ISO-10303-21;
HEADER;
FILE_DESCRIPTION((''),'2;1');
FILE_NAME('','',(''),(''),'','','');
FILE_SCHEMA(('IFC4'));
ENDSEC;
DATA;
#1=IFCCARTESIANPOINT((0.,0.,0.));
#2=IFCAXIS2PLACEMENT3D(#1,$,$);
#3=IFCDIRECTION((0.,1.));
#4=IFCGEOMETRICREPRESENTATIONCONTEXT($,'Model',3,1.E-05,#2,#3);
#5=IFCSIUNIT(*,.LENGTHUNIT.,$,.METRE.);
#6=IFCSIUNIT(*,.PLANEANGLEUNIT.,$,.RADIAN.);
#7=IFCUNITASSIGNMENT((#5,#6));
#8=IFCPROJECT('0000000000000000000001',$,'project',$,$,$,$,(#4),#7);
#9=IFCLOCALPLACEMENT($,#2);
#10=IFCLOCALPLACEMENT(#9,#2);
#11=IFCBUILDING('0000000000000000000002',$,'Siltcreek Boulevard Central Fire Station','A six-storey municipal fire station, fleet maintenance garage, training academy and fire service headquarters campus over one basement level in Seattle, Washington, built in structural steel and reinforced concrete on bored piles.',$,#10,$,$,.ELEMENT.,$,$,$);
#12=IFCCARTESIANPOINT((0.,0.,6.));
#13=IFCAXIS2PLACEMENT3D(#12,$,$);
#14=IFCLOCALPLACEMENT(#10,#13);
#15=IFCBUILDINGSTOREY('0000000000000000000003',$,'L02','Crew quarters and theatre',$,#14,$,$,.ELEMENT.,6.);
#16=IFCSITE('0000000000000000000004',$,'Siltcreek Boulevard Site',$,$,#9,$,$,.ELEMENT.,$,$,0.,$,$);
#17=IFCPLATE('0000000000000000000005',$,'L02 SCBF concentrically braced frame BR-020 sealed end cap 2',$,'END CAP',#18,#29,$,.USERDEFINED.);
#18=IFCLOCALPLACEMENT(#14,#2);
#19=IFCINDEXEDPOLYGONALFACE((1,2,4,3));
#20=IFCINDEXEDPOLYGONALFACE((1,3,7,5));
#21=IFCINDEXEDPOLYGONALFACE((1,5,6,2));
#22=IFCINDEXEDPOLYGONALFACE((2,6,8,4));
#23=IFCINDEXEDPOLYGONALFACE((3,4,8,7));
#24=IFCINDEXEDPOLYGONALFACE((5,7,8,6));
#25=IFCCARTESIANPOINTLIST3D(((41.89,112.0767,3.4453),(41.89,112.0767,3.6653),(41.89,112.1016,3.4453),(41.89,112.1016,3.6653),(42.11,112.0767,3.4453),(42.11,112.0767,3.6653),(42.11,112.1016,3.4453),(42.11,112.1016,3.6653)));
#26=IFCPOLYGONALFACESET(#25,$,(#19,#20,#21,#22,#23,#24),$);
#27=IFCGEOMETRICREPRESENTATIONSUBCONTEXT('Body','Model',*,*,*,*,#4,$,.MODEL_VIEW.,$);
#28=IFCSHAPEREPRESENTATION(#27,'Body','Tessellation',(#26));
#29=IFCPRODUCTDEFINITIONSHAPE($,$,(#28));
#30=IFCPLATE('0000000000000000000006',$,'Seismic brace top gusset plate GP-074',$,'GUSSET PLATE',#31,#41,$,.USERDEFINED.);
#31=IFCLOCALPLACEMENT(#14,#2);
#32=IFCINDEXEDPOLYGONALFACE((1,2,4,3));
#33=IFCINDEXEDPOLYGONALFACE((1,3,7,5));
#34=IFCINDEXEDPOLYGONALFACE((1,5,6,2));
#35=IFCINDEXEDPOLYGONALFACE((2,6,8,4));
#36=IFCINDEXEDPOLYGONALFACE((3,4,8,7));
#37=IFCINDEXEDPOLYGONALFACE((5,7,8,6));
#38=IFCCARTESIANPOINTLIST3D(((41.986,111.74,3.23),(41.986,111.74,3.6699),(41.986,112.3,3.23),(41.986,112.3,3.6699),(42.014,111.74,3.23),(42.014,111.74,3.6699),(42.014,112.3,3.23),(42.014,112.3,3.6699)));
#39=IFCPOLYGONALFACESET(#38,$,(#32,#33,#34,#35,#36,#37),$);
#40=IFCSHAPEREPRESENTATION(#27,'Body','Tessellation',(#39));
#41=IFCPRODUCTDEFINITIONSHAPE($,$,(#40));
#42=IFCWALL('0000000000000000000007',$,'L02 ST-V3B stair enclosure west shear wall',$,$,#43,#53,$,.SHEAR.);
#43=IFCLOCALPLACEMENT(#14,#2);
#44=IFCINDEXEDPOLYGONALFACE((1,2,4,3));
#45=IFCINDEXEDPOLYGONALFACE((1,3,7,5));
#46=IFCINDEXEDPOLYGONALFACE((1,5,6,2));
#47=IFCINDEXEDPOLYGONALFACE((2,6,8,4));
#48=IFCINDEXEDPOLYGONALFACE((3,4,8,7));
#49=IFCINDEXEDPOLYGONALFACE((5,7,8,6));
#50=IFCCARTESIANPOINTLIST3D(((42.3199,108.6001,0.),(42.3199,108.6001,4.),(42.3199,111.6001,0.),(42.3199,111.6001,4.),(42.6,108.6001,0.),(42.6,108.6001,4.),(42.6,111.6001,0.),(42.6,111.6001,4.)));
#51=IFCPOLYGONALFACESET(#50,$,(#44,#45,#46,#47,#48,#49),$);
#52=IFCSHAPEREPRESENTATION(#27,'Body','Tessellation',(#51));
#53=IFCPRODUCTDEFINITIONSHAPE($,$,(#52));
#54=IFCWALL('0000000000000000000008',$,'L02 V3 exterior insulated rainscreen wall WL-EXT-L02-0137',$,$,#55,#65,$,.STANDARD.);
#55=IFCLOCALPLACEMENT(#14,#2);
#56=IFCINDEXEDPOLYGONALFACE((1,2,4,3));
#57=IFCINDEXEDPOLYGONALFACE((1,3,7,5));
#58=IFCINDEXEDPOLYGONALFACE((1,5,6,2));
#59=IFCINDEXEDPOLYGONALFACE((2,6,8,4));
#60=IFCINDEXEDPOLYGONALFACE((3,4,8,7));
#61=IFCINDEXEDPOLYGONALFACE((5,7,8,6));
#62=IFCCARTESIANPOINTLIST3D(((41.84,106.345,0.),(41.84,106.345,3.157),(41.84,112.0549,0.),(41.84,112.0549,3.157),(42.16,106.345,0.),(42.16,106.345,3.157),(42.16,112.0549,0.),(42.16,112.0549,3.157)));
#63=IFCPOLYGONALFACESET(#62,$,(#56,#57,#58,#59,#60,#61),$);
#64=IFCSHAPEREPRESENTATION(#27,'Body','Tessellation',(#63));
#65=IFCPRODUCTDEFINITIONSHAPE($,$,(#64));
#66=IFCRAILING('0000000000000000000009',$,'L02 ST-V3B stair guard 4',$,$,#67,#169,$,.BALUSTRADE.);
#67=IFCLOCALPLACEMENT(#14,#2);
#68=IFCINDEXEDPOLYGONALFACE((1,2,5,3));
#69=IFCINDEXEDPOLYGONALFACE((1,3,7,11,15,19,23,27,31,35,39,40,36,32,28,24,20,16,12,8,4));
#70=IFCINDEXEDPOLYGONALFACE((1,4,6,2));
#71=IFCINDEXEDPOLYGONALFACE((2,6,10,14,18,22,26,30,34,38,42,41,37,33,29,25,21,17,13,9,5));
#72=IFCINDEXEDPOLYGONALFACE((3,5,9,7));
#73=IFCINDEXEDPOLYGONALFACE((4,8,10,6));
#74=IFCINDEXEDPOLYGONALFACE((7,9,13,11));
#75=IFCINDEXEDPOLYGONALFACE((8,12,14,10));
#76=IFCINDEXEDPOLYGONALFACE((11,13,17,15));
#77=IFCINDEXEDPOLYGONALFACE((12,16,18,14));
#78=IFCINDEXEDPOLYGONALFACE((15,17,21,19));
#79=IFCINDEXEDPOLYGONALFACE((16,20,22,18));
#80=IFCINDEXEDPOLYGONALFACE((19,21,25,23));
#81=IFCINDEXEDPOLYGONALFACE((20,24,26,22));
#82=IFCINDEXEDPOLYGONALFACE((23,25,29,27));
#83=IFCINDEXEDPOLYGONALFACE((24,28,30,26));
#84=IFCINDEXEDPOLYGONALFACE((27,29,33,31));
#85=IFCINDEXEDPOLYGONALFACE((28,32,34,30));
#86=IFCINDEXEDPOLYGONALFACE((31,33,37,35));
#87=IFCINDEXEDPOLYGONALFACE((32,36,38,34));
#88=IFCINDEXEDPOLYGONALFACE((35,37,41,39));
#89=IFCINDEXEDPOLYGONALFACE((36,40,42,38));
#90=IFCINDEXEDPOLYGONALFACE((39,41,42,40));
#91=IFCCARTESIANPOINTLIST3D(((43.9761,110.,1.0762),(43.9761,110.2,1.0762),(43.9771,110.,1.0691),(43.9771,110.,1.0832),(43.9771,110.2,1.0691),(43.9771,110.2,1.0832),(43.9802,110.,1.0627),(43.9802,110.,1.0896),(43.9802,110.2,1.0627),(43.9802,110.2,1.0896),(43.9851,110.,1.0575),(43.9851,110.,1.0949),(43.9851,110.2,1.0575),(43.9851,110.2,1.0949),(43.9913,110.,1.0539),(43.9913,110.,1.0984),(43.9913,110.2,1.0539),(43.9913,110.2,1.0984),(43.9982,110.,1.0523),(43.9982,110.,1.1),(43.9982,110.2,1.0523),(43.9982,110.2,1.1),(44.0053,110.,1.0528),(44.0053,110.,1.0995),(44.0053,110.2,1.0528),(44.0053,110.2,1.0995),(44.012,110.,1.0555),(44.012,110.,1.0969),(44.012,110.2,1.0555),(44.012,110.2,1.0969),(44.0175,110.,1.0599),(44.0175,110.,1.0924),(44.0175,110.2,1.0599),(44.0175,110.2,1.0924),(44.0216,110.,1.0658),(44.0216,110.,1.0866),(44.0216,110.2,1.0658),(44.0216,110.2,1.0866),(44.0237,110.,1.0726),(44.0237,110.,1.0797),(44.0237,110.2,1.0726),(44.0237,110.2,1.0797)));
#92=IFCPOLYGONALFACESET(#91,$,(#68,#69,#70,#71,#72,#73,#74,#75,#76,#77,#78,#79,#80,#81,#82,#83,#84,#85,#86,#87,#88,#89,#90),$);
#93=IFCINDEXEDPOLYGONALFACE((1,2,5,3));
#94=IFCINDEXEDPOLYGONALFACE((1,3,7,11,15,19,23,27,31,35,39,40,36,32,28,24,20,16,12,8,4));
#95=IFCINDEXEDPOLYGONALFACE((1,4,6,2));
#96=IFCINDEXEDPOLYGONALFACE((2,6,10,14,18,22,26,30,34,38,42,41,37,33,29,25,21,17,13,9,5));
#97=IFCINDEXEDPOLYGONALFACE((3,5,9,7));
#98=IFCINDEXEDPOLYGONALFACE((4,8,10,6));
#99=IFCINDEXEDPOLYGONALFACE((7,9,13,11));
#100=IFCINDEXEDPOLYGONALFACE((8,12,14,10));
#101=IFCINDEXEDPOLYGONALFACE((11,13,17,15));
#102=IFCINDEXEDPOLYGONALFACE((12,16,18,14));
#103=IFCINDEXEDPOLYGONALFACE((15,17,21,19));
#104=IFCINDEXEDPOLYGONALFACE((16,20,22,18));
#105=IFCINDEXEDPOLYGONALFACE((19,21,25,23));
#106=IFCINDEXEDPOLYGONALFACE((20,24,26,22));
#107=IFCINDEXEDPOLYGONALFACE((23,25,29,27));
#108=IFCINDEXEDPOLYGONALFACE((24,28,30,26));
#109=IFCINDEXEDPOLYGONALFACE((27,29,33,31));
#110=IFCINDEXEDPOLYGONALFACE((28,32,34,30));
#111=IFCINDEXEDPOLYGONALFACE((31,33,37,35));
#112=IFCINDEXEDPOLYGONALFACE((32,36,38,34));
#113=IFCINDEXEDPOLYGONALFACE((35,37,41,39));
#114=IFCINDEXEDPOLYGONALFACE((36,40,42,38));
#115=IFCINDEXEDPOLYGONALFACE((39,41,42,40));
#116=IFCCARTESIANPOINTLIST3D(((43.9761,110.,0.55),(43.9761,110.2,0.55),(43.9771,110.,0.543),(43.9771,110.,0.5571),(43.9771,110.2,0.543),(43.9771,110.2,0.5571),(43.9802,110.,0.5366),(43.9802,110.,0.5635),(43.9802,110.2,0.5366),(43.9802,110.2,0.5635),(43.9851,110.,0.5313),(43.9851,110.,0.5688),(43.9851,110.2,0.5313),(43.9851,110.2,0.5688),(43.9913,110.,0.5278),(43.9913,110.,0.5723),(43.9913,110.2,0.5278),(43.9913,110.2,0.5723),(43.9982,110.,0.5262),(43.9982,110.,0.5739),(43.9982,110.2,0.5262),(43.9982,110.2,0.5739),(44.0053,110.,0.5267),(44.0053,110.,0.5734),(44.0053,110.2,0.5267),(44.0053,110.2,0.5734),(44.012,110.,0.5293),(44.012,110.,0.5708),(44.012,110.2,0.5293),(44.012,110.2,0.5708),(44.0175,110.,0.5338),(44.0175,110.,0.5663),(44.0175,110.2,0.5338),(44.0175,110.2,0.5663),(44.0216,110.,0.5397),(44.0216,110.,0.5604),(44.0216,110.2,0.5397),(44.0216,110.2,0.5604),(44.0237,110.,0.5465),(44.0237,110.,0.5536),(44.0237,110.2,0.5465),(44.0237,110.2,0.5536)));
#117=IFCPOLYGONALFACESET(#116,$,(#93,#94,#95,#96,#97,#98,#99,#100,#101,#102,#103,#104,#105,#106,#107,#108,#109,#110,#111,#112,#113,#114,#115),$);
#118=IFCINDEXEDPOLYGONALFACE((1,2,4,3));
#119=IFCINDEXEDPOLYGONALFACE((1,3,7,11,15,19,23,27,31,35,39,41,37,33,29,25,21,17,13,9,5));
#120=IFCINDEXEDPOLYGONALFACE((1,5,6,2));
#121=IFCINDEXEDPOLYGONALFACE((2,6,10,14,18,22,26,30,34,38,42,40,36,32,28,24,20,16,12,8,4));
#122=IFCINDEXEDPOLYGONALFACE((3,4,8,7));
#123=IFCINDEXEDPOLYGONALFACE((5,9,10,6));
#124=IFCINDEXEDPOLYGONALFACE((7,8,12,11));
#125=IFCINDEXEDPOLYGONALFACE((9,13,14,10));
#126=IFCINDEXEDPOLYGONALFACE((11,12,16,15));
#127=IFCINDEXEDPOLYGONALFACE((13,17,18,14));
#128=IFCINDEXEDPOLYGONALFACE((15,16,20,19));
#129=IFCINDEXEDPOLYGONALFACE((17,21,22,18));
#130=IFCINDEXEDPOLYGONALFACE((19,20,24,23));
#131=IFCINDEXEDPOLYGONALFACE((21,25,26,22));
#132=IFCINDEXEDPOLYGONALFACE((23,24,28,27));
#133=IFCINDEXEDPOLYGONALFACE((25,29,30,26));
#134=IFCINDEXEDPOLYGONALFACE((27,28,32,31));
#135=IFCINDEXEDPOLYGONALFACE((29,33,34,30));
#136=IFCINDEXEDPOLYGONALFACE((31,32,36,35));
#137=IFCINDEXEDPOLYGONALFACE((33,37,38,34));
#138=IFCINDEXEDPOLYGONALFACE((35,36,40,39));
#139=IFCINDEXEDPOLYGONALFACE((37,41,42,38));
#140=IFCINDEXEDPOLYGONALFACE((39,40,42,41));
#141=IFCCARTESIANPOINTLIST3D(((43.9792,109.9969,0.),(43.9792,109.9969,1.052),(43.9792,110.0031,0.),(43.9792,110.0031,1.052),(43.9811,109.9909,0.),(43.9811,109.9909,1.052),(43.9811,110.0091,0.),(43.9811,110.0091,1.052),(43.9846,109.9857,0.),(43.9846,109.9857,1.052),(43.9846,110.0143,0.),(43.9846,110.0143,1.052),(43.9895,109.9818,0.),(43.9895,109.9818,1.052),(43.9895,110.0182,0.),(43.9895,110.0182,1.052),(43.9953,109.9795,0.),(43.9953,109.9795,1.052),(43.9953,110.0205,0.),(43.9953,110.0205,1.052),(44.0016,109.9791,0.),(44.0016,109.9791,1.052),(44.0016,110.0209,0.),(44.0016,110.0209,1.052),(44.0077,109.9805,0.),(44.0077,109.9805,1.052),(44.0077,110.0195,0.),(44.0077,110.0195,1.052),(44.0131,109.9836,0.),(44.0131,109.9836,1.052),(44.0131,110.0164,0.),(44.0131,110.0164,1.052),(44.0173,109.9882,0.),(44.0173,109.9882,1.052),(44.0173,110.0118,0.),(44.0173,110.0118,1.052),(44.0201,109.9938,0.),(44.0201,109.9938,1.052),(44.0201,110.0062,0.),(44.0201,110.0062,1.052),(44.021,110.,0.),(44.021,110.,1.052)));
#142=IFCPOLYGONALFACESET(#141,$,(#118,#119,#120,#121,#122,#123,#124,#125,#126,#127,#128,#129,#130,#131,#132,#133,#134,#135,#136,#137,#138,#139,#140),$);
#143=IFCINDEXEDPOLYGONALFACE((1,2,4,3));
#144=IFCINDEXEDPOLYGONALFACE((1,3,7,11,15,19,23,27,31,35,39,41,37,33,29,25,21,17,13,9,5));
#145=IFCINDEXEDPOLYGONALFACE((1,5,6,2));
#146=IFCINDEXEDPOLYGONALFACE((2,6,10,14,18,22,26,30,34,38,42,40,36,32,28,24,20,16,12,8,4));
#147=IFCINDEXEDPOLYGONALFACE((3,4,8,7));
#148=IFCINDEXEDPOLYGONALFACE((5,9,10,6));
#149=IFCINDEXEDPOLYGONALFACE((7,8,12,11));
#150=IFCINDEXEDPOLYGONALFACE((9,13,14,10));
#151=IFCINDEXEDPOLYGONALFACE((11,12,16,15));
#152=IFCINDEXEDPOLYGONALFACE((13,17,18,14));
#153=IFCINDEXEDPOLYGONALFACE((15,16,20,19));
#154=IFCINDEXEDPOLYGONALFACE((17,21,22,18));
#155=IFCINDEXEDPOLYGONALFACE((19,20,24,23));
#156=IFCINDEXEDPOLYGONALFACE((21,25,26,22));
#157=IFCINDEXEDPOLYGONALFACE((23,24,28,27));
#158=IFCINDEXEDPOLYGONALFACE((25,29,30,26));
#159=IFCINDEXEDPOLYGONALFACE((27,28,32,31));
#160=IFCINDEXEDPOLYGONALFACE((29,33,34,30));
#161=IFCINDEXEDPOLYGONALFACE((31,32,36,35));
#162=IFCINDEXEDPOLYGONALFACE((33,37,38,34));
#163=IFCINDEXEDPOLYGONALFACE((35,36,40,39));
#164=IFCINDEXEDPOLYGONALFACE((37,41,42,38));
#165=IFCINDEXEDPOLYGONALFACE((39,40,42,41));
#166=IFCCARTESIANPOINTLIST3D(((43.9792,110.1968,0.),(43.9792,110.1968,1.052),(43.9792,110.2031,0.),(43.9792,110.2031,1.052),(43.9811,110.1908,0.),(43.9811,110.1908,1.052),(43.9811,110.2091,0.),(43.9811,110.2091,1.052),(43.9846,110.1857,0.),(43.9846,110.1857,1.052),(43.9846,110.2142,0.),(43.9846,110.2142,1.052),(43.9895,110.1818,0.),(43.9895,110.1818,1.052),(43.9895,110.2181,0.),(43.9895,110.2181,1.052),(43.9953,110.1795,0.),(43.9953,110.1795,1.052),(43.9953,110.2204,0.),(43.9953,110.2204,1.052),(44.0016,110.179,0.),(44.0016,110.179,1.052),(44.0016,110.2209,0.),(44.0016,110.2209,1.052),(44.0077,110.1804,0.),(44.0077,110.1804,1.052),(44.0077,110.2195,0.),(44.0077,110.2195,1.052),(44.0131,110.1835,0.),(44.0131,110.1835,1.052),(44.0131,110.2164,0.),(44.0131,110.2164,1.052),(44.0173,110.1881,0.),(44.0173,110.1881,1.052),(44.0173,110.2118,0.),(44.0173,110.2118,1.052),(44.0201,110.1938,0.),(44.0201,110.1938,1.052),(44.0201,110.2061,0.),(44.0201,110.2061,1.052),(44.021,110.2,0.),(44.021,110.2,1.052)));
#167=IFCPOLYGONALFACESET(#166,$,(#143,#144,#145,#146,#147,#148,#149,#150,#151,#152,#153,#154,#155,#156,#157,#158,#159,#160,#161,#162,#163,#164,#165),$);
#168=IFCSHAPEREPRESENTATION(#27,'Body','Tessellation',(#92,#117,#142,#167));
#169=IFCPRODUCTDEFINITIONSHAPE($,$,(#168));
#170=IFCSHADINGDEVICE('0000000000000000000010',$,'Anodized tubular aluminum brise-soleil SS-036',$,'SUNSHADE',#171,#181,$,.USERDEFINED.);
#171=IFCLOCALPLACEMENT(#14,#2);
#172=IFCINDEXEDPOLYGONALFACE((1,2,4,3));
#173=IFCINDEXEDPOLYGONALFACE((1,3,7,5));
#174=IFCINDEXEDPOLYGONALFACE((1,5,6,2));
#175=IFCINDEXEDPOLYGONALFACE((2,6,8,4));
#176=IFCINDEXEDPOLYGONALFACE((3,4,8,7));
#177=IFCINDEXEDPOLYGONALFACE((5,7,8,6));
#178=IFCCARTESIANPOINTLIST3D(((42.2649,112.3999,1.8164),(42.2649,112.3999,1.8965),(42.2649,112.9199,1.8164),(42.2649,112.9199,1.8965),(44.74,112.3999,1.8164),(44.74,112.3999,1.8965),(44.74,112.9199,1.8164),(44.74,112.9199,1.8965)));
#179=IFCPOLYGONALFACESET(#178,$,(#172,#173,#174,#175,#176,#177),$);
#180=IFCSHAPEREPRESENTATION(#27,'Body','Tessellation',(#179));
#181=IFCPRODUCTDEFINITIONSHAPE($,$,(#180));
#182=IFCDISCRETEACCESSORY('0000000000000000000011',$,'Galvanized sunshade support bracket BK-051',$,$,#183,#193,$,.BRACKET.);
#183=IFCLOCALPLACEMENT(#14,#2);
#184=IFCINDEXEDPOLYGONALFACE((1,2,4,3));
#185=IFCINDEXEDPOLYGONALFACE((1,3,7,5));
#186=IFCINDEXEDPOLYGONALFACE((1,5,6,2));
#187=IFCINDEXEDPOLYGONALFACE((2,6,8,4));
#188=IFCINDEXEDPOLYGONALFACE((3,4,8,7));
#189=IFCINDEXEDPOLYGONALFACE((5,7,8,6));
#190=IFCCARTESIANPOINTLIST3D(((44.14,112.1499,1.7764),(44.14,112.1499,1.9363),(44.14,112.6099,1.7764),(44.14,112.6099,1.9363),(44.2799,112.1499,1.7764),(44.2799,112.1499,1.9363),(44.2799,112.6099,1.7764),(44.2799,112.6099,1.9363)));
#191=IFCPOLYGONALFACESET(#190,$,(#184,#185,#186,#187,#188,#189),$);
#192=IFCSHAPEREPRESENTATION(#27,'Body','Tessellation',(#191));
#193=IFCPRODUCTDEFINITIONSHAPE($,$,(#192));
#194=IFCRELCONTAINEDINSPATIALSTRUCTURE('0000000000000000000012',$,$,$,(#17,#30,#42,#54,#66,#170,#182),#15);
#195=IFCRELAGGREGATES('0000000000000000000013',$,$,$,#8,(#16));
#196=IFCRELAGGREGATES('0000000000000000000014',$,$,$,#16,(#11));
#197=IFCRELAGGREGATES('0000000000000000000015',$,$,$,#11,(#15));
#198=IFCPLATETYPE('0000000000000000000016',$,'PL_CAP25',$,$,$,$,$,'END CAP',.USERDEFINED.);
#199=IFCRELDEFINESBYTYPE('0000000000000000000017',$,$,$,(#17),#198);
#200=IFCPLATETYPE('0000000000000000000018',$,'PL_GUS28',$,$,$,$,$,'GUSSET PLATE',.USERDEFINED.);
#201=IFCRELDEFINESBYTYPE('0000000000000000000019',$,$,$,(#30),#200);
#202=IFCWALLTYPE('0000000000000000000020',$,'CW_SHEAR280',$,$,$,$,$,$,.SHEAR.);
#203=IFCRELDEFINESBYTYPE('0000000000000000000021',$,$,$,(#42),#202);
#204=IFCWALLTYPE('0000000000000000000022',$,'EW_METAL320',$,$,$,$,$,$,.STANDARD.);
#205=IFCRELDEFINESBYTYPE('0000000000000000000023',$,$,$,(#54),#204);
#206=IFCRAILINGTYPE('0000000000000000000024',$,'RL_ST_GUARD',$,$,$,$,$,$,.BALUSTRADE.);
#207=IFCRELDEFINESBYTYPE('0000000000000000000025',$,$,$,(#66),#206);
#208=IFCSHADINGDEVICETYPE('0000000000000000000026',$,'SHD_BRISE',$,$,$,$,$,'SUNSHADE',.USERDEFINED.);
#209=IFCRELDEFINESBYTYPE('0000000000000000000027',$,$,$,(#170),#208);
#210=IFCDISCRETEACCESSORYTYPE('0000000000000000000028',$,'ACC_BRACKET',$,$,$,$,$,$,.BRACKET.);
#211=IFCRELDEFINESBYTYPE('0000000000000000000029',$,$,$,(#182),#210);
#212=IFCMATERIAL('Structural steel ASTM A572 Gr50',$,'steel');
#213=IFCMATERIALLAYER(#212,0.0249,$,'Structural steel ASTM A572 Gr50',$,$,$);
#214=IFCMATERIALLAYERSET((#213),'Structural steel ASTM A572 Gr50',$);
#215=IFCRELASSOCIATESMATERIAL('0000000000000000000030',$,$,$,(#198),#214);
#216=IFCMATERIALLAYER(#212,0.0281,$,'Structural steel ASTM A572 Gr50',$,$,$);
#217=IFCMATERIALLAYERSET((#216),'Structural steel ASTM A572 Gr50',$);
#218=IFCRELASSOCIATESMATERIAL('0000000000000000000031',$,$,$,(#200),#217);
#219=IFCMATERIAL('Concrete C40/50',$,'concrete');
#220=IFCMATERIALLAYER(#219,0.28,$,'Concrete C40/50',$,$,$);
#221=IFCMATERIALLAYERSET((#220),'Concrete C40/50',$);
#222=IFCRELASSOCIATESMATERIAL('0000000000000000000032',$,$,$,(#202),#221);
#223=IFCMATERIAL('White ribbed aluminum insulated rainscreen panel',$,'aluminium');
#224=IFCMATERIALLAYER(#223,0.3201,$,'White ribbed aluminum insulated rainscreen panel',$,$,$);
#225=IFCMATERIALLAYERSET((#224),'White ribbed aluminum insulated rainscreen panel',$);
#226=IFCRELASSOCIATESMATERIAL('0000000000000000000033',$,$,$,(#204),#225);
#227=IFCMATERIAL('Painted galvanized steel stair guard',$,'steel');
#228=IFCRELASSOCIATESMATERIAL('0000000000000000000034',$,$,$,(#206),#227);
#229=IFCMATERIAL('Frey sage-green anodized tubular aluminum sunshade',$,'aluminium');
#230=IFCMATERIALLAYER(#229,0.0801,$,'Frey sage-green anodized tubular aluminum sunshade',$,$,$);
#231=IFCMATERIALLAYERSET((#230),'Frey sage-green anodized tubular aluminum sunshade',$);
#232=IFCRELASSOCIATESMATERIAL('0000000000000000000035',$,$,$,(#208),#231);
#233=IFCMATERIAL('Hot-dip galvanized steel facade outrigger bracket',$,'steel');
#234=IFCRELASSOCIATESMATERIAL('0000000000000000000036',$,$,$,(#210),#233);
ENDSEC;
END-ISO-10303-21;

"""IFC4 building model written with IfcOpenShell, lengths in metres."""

from ifc_helpers import new_model, si_unit, direction, frame, frame_2d, origin, origin_2d, place, context, subcontext, project, spatial, rectangle, circle, extrude, material, layer, layer_set, type_object, element, save


model = new_model("IFC4")

# Units and contexts
model_context = context("Model", 3, precision=1e-05, world=origin(), true_north=direction((0.0, 1.0)))
body_context = subcontext(model_context, "Body", "Model", "MODEL_VIEW")
ifc_project = project(units=[si_unit("LENGTHUNIT", "METRE"), si_unit("PLANEANGLEUNIT", "RADIAN")], contexts=[model_context])

# Site, building, storey
site_placement = place(None, origin())
site = spatial("IfcSite", under=ifc_project, at=site_placement, Name="Siltcreek Boulevard Site", CompositionType="ELEMENT", RefElevation=0.0)
building_placement = place(site_placement, origin())
building = spatial("IfcBuilding", under=site, at=building_placement, Name="Siltcreek Boulevard Central Fire Station", Description="A six-storey municipal fire station, fleet maintenance garage, training academy and fire service headquarters campus over one basement level in Seattle, Washington, built in structural steel and reinforced concrete on bored piles.", CompositionType="ELEMENT")
storey_placement = place(building_placement, frame((0.0, 0.0, 6.0)))
storey = spatial("IfcBuildingStorey", under=building, at=storey_placement, Name="L02", Description="Crew quarters and theatre", CompositionType="ELEMENT", Elevation=6.0)

# Plates
ifc_material_1 = material(Name="Structural steel ASTM A572 Gr50", Category="steel")
ifc_layer_1 = layer(ifc_material_1, 0.0249, Name="Structural steel ASTM A572 Gr50")
ifc_layer_set_1 = layer_set([ifc_layer_1], Name="Structural steel ASTM A572 Gr50")
plate_type_1 = type_object("IfcPlateType", Name="PL_CAP25", ElementType="END CAP", PredefinedType="USERDEFINED", material=ifc_layer_set_1)
plate_1_placement = place(storey_placement, frame((42.0, 112.0891, 3.4453), z_axis=(0.0, 0.0, 1.0), x_axis=(0.0, 1.0, 0.0)))
element("IfcPlate", 1, at=plate_1_placement, inside=storey, type_object=plate_type_1, Name="L02 SCBF concentrically braced frame BR-020 sealed end cap 2", ObjectType="END CAP", PredefinedType="USERDEFINED", context=body_context, shape_type="SweptSolid", body=[
    extrude(rectangle(XDim=0.0249, YDim=0.22, at=origin_2d()), origin(), (0.0, 0.0, 1.0), 0.22),
])
ifc_layer_2 = layer(ifc_material_1, 0.0281, Name="Structural steel ASTM A572 Gr50")
ifc_layer_set_2 = layer_set([ifc_layer_2], Name="Structural steel ASTM A572 Gr50")
plate_type_2 = type_object("IfcPlateType", Name="PL_GUS28", ElementType="GUSSET PLATE", PredefinedType="USERDEFINED", material=ifc_layer_set_2)
plate_2_placement = place(storey_placement, frame((42.0, 112.02, 3.23), z_axis=(0.0, 0.0, 1.0), x_axis=(0.0, 1.0, 0.0)))
element("IfcPlate", 2, at=plate_2_placement, inside=storey, type_object=plate_type_2, Name="Seismic brace top gusset plate GP-074", ObjectType="GUSSET PLATE", PredefinedType="USERDEFINED", context=body_context, shape_type="SweptSolid", body=[
    extrude(rectangle(XDim=0.5601, YDim=0.0281, at=origin_2d()), origin(), (0.0, 0.0, 1.0), 0.4399),
])

# Walls
ifc_material_2 = material(Name="Concrete C40/50", Category="concrete")
ifc_layer_3 = layer(ifc_material_2, 0.28, Name="Concrete C40/50")
ifc_layer_set_3 = layer_set([ifc_layer_3], Name="Concrete C40/50")
wall_type_1 = type_object("IfcWallType", Name="CW_SHEAR280", PredefinedType="SHEAR", material=ifc_layer_set_3)
wall_1_placement = place(storey_placement, frame((42.46, 111.6001, 0.0), z_axis=(0.0, 0.0, 1.0), x_axis=(0.0, -1.0, 0.0)))
element("IfcWall", 3, at=wall_1_placement, inside=storey, type_object=wall_type_1, Name="L02 ST-V3B stair enclosure west shear wall", PredefinedType="SHEAR", context=body_context, shape_type="SweptSolid", body=[
    extrude(rectangle(XDim=3.0, YDim=0.28, at=frame_2d((1.5, 0.0))), origin(), (0.0, 0.0, 1.0), 4.0),
])
ifc_material_3 = material(Name="White ribbed aluminum insulated rainscreen panel", Category="aluminium")
ifc_layer_4 = layer(ifc_material_3, 0.3201, Name="White ribbed aluminum insulated rainscreen panel")
ifc_layer_set_4 = layer_set([ifc_layer_4], Name="White ribbed aluminum insulated rainscreen panel")
wall_type_2 = type_object("IfcWallType", Name="EW_METAL320", PredefinedType="STANDARD", material=ifc_layer_set_4)
wall_2_placement = place(storey_placement, frame((42.0, 112.0549, 0.0), z_axis=(0.0, 0.0, 1.0), x_axis=(0.0, -1.0, 0.0)))
element("IfcWall", 4, at=wall_2_placement, inside=storey, type_object=wall_type_2, Name="L02 V3 exterior insulated rainscreen wall WL-EXT-L02-0137", PredefinedType="STANDARD", context=body_context, shape_type="SweptSolid", body=[
    extrude(rectangle(XDim=5.71, YDim=0.3201, at=frame_2d((2.855, 0.0))), origin(), (0.0, 0.0, 1.0), 3.157),
])

# Railing
ifc_material_4 = material(Name="Painted galvanized steel stair guard", Category="steel")
railing_type = type_object("IfcRailingType", Name="RL_ST_GUARD", PredefinedType="BALUSTRADE", material=ifc_material_4)
railing_placement = place(storey_placement, frame((44.0, 110.0, 0.0)))
element("IfcRailing", 5, at=railing_placement, inside=storey, type_object=railing_type, Name="L02 ST-V3B stair guard 4", PredefinedType="BALUSTRADE", context=body_context, shape_type="SweptSolid", body=[
    extrude(circle(Radius=0.0239, at=origin_2d()), frame((0.0, 0.0, 1.0762), z_axis=(0.0, 1.0, 0.0), x_axis=(-1.0, 0.0, 0.0)), (0.0, 0.0, 1.0), 0.2),
    extrude(circle(Radius=0.0239, at=origin_2d()), frame((0.0, 0.0, 0.55), z_axis=(0.0, 1.0, 0.0), x_axis=(-1.0, 0.0, 0.0)), (0.0, 0.0, 1.0), 0.2),
    extrude(circle(Radius=0.021, at=origin_2d()), origin(), (0.0, 0.0, 1.0), 1.052),
    extrude(circle(Radius=0.021, at=origin_2d()), frame((0.0, 0.2, 0.0)), (0.0, 0.0, 1.0), 1.052),
])

# Shading device
ifc_material_5 = material(Name="Frey sage-green anodized tubular aluminum sunshade", Category="aluminium")
ifc_layer_5 = layer(ifc_material_5, 0.0801, Name="Frey sage-green anodized tubular aluminum sunshade")
ifc_layer_set_5 = layer_set([ifc_layer_5], Name="Frey sage-green anodized tubular aluminum sunshade")
shading_device_type = type_object("IfcShadingDeviceType", Name="SHD_BRISE", ElementType="SUNSHADE", PredefinedType="USERDEFINED", material=ifc_layer_set_5)
shading_device_placement = place(storey_placement, frame((43.5024, 112.6599, 1.8164), z_axis=(0.0, 0.0, 1.0), x_axis=(-1.0, 0.0, 0.0)))
element("IfcShadingDevice", 6, at=shading_device_placement, inside=storey, type_object=shading_device_type, Name="Anodized tubular aluminum brise-soleil SS-036", ObjectType="SUNSHADE", PredefinedType="USERDEFINED", context=body_context, shape_type="SweptSolid", body=[
    extrude(rectangle(XDim=2.4751, YDim=0.52, at=origin_2d()), origin(), (0.0, 0.0, 1.0), 0.0801),
])

# Discrete accessory
ifc_material_6 = material(Name="Hot-dip galvanized steel facade outrigger bracket", Category="steel")
discrete_accessory_type = type_object("IfcDiscreteAccessoryType", Name="ACC_BRACKET", PredefinedType="BRACKET", material=ifc_material_6)
for number, where, z_axis, x_axis, name in (
    (7, (44.21, 112.3799, 1.7764), (0.0, 0.0, 1.0), (-1.0, 0.0, 0.0), "Galvanized sunshade support bracket BK-051"),
):
    element("IfcDiscreteAccessory", number, at=place(storey_placement, frame(where, z_axis=z_axis, x_axis=x_axis)), inside=storey, type_object=discrete_accessory_type, Name=name, PredefinedType="BRACKET", context=body_context, shape_type="SweptSolid", body=[
        extrude(rectangle(XDim=0.1399, YDim=0.46, at=origin_2d()), origin(), (0.0, 0.0, 1.0), 0.1599),
    ])

save(model, "model.ifc")
